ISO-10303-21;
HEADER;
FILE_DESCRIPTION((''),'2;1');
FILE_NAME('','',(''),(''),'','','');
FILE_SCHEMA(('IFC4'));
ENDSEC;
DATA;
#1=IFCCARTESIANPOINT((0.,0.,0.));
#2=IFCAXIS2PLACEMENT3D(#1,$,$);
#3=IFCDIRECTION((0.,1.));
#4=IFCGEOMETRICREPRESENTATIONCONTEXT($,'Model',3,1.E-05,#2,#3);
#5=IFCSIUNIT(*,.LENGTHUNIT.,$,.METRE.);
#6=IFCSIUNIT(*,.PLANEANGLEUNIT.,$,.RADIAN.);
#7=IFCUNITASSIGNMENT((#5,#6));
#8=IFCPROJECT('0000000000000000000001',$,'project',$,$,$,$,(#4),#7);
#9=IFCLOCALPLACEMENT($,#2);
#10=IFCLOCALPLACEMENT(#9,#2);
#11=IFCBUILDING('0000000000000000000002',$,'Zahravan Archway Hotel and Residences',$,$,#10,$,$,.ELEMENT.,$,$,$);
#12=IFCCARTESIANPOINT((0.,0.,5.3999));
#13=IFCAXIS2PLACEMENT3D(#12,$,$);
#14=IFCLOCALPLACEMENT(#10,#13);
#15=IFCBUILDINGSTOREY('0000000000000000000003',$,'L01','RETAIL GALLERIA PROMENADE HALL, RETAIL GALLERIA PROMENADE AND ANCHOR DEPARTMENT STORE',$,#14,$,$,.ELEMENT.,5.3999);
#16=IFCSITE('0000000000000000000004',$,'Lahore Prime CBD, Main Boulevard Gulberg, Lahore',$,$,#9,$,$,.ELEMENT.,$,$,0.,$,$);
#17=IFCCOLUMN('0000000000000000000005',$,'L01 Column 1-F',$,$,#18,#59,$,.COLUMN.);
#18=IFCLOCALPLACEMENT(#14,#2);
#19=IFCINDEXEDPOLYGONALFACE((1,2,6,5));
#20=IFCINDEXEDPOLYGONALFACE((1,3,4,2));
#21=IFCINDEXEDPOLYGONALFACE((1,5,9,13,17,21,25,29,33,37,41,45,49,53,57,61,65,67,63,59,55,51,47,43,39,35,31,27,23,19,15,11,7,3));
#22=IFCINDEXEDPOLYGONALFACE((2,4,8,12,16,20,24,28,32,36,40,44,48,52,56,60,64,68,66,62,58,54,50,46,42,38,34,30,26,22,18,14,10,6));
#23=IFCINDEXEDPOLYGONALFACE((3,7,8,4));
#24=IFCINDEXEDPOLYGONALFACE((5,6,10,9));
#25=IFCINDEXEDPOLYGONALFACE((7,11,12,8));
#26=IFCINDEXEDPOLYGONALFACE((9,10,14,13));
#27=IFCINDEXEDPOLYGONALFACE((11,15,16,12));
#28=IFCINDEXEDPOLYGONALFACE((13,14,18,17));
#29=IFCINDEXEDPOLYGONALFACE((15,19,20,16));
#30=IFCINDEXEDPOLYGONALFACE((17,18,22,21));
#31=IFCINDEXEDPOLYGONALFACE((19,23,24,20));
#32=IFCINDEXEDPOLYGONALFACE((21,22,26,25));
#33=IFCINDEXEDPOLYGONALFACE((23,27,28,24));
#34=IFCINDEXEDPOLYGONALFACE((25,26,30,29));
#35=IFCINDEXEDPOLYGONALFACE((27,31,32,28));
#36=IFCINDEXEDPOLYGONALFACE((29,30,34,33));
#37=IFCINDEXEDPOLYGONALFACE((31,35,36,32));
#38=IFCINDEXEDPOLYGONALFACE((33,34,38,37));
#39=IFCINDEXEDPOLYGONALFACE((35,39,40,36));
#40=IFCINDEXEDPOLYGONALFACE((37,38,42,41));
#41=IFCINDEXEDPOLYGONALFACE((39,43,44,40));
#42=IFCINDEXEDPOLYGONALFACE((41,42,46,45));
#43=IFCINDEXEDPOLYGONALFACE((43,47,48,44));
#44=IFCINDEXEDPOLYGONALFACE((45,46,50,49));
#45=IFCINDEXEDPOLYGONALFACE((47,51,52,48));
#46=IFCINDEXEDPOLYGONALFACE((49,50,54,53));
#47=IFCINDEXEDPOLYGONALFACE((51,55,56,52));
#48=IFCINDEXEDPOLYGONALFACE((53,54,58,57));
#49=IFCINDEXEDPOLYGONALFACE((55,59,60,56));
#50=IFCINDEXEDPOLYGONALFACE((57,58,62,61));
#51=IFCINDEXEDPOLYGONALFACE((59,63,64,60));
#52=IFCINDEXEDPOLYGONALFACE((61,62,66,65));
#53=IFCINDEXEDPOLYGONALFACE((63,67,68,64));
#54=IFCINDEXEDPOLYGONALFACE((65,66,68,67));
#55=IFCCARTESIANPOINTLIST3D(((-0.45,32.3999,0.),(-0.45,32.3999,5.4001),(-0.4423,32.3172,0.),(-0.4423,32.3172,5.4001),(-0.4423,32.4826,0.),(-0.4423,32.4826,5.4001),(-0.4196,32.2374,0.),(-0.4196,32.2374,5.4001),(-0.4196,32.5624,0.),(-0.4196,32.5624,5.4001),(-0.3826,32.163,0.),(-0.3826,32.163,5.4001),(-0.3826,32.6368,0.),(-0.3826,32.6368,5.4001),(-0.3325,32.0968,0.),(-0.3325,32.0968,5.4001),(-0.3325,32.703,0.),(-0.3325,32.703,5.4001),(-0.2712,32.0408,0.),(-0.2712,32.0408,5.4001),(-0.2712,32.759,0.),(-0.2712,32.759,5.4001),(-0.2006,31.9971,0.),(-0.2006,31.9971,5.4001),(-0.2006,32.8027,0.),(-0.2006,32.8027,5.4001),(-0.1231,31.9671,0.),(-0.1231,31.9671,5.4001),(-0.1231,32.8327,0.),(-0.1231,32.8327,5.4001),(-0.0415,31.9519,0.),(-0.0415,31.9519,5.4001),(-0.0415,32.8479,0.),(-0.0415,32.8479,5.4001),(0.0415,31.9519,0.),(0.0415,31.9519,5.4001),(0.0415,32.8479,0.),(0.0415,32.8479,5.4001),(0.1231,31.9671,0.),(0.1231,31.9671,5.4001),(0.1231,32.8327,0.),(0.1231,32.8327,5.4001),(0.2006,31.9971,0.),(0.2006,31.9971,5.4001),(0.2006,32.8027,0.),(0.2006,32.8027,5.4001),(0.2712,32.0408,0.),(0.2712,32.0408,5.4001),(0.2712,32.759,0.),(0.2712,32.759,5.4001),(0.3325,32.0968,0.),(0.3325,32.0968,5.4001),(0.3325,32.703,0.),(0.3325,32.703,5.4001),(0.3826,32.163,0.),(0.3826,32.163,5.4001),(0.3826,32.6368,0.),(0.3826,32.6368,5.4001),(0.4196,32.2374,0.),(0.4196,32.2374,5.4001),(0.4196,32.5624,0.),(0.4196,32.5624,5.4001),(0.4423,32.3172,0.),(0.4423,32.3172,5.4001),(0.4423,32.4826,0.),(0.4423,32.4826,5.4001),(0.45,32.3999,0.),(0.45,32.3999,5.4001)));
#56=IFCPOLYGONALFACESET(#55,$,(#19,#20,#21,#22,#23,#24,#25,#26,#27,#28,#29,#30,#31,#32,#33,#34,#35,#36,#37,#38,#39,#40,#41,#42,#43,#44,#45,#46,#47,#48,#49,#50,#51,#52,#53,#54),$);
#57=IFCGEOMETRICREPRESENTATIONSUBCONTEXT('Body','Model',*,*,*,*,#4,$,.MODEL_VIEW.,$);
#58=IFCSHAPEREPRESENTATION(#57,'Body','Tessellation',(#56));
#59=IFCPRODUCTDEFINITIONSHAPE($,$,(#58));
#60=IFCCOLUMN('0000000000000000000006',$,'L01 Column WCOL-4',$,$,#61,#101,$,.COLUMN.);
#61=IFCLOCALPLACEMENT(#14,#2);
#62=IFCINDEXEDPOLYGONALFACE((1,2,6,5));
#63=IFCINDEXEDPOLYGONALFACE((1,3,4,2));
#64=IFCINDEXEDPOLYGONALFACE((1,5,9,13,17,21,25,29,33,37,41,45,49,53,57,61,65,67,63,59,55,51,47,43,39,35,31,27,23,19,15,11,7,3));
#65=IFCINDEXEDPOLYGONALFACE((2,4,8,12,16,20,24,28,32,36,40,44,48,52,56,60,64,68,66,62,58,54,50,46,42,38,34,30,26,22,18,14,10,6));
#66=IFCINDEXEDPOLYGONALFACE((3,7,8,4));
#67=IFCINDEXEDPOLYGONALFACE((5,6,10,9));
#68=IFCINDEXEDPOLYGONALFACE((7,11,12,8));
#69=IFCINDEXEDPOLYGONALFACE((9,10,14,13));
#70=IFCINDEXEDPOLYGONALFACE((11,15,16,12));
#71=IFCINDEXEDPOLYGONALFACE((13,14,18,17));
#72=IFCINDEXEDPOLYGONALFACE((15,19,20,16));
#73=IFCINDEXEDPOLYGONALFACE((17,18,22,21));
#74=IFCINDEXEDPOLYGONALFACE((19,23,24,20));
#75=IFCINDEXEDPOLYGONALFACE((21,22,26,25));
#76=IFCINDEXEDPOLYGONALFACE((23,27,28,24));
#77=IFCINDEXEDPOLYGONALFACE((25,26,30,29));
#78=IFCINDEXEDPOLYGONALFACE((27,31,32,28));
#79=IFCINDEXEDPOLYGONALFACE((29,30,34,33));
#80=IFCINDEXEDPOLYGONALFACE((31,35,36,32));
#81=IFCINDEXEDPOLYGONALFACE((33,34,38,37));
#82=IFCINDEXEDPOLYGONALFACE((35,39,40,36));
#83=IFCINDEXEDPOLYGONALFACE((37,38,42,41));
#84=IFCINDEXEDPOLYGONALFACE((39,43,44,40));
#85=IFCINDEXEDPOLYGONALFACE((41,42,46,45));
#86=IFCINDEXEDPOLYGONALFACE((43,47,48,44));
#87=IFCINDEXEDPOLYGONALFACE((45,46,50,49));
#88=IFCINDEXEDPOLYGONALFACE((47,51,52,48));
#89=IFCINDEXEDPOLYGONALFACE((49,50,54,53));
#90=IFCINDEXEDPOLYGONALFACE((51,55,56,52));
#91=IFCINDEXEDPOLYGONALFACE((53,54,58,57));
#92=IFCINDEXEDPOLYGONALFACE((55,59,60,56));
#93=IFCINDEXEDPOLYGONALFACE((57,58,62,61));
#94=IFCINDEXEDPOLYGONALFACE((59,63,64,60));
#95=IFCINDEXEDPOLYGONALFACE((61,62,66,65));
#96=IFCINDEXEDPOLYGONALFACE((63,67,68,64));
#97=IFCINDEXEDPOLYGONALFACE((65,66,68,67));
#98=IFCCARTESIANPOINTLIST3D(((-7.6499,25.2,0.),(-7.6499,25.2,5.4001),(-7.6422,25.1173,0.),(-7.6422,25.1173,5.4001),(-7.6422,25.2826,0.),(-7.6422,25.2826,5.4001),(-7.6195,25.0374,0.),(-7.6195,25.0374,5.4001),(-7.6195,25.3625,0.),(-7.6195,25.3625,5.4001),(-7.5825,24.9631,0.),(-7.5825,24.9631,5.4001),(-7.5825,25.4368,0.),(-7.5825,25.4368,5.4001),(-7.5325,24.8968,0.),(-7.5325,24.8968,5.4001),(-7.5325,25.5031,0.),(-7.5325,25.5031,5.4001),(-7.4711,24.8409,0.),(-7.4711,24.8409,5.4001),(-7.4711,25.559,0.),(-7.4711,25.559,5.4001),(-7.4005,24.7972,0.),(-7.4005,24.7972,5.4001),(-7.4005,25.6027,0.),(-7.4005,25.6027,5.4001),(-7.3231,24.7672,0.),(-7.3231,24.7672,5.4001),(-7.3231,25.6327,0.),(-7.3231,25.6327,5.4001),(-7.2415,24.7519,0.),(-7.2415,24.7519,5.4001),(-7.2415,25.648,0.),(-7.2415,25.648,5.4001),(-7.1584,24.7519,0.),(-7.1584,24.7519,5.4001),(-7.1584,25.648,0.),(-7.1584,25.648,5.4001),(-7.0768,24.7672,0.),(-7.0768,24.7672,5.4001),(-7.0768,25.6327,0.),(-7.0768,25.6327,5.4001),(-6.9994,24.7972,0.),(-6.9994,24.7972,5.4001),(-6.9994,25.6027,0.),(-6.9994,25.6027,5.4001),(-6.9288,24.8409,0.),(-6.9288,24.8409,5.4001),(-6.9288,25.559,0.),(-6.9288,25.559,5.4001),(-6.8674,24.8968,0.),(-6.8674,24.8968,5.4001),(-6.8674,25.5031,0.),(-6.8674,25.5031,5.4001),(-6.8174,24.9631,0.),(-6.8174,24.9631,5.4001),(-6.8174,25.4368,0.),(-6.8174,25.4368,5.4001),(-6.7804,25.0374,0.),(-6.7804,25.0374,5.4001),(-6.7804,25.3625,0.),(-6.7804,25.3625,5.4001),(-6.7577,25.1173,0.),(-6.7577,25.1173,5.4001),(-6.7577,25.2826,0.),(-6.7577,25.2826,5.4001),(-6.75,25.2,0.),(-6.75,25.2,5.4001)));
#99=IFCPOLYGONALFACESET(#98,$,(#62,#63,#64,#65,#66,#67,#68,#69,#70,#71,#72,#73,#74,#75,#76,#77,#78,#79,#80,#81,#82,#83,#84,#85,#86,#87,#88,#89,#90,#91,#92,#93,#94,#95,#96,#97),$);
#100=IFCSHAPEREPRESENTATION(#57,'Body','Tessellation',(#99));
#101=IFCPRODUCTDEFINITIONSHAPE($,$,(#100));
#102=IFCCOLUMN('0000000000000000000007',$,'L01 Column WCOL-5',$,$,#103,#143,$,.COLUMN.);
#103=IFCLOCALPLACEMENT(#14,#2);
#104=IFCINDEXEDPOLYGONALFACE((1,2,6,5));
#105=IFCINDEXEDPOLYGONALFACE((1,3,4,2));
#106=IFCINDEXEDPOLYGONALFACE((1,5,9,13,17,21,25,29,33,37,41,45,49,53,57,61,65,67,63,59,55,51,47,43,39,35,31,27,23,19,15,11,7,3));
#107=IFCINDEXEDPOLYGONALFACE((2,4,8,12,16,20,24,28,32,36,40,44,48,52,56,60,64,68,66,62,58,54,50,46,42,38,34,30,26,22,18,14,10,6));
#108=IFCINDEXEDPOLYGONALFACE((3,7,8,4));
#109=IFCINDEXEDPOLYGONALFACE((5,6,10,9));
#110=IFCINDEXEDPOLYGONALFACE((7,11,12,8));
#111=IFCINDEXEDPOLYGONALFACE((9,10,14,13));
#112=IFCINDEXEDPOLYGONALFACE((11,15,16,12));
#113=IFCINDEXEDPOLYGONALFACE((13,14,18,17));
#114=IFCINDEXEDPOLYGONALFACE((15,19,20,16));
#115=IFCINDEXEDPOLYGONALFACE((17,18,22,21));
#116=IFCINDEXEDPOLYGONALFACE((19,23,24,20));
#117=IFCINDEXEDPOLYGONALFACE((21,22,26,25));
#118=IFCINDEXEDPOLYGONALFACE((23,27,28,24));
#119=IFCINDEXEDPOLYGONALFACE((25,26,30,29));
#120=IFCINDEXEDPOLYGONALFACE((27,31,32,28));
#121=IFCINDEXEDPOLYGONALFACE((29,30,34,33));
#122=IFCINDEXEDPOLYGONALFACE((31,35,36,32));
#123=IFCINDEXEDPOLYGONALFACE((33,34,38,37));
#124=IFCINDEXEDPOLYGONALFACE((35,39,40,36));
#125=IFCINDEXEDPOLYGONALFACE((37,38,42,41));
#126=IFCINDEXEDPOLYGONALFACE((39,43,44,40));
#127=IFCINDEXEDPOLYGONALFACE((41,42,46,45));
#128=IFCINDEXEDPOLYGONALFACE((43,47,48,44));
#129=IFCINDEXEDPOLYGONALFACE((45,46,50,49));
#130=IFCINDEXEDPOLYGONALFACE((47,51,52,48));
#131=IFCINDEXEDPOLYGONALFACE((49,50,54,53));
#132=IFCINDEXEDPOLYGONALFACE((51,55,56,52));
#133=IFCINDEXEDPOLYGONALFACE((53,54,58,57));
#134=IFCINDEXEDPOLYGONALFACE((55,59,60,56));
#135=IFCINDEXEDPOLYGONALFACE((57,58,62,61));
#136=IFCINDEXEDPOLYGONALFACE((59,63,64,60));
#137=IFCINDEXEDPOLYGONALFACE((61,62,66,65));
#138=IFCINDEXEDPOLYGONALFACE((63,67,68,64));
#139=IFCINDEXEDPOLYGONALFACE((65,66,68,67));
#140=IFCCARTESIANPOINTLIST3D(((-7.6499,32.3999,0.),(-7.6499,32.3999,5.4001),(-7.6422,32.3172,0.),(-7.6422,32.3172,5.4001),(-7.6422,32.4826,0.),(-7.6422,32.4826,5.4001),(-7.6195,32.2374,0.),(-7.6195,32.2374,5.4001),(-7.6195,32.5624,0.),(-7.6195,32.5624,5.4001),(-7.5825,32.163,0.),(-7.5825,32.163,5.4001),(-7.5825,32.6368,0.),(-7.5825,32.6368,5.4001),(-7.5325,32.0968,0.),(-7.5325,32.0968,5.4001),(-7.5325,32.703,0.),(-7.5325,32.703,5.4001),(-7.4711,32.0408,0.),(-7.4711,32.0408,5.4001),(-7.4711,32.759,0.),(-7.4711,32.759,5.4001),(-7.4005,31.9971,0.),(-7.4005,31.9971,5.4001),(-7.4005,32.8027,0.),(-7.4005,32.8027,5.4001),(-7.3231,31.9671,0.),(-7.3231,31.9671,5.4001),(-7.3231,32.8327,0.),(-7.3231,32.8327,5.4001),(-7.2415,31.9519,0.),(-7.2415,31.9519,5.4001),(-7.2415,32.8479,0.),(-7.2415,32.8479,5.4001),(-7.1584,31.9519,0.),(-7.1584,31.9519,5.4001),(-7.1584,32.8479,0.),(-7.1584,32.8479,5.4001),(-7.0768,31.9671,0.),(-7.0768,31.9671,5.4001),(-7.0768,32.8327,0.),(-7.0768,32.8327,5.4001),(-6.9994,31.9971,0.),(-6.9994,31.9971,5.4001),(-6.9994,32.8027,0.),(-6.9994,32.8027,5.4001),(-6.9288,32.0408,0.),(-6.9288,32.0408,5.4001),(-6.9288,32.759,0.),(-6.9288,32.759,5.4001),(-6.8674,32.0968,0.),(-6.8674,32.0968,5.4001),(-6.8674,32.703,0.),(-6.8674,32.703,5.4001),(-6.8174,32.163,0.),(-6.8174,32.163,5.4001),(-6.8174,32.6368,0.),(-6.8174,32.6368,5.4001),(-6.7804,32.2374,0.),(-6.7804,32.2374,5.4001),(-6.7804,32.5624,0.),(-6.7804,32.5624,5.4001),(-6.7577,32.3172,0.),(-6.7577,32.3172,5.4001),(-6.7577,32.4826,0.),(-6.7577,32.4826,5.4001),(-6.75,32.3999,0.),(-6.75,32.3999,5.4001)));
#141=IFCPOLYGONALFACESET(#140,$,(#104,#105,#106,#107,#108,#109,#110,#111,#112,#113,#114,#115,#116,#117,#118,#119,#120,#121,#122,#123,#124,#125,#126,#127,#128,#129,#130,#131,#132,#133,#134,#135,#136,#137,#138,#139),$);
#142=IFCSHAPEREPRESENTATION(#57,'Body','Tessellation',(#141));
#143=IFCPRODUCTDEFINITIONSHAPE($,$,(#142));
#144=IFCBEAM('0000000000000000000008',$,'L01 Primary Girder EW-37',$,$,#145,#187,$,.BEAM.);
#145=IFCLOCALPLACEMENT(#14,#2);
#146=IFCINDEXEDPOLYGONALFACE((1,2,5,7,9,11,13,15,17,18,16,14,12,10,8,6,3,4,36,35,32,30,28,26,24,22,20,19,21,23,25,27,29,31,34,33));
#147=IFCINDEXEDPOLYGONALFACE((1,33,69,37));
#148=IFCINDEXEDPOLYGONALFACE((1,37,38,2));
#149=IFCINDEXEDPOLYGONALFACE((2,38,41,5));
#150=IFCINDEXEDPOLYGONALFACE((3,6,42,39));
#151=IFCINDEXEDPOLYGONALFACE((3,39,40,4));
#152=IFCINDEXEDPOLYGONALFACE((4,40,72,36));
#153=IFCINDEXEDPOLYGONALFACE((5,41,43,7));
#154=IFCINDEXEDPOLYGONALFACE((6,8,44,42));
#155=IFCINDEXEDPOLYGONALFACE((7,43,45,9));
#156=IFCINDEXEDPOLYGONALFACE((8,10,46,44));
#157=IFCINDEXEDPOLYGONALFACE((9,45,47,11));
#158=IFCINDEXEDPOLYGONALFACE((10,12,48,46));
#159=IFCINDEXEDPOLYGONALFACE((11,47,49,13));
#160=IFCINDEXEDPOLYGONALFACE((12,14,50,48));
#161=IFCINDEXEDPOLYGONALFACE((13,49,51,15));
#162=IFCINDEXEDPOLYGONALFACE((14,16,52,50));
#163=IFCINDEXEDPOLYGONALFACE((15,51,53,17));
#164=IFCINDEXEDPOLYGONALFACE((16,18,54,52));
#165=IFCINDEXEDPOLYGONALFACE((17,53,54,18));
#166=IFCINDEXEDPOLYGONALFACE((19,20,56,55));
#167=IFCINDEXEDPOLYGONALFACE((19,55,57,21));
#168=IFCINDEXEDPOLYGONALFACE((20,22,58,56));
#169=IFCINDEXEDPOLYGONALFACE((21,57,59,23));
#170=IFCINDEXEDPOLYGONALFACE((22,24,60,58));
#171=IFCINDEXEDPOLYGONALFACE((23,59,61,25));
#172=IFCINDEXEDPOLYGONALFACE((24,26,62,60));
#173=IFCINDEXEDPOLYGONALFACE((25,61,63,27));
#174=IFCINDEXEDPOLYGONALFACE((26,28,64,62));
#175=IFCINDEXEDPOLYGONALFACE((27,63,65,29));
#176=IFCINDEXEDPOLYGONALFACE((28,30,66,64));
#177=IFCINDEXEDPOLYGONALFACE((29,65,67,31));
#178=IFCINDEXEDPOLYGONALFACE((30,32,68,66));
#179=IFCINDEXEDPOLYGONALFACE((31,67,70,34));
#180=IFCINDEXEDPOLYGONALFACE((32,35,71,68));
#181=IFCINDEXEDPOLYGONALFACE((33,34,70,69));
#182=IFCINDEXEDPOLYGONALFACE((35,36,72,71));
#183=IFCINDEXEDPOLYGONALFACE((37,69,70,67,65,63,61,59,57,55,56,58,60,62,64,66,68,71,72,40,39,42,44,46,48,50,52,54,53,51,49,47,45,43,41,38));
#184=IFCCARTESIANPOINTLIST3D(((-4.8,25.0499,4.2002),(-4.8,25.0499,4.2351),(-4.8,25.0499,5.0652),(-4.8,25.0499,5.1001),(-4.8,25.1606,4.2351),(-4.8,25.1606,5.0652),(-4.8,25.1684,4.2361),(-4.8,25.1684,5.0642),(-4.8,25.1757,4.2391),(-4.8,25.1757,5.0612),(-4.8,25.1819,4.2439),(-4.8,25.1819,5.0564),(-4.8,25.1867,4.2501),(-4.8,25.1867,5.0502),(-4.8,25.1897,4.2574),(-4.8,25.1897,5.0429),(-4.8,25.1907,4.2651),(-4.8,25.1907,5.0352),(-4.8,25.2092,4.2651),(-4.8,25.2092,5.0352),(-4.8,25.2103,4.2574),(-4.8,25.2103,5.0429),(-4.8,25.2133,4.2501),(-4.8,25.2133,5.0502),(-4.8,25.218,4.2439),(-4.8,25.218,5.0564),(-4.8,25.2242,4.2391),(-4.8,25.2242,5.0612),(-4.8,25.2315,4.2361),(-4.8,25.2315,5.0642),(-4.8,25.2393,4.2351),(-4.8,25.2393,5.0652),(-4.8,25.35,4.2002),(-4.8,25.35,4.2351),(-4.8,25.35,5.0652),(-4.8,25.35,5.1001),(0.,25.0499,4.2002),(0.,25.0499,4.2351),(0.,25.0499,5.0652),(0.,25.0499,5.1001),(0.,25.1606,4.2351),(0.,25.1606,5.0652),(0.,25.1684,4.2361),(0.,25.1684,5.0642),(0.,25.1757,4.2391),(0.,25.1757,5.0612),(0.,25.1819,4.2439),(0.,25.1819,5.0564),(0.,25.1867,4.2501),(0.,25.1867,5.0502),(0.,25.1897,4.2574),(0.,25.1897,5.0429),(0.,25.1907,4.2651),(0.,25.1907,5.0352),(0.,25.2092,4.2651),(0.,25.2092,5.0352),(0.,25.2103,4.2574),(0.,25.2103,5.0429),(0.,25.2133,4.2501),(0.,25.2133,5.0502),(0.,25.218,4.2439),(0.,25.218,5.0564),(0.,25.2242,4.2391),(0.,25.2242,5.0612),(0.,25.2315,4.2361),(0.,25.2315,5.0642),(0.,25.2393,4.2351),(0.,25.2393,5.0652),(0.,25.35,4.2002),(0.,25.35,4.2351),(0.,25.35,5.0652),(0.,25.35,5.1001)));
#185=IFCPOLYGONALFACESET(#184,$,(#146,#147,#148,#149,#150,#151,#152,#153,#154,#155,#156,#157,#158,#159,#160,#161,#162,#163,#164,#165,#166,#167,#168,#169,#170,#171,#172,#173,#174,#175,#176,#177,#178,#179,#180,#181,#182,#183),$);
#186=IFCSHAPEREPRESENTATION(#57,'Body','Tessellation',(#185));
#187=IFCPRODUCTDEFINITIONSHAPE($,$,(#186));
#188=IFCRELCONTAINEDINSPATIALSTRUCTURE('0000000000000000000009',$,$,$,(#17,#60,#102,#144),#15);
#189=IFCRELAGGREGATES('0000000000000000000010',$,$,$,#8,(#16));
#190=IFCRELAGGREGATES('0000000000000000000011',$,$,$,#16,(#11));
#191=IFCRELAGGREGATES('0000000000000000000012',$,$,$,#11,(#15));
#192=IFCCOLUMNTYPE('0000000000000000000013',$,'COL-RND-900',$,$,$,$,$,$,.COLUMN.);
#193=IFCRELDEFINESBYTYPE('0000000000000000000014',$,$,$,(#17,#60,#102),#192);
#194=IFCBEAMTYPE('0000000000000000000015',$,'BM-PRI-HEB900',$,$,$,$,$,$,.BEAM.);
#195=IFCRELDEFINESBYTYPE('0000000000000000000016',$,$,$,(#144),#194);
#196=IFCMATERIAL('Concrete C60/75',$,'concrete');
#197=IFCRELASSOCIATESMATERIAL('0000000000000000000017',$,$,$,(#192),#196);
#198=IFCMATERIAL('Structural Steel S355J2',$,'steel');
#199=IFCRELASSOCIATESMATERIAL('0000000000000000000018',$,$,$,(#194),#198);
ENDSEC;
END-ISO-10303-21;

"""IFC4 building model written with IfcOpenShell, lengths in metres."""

from ifc_helpers import new_model, si_unit, direction, frame, origin, origin_2d, place, context, subcontext, project, spatial, circle, i_section, extrude, source, transform, mapped, material, material_profile, profile_set, type_object, type_shapes, element, save


model = new_model("IFC4")

# Units and contexts
model_context = context("Model", 3, precision=1e-05, world=origin(), true_north=direction((0.0, 1.0)))
body_context = subcontext(model_context, "Body", "Model", "MODEL_VIEW")
ifc_project = project(units=[si_unit("LENGTHUNIT", "METRE"), si_unit("PLANEANGLEUNIT", "RADIAN")], contexts=[model_context])

# Site, building, storey
site_placement = place(None, origin())
site = spatial("IfcSite", under=ifc_project, at=site_placement, Name="Lahore Prime CBD, Main Boulevard Gulberg, Lahore", CompositionType="ELEMENT", RefElevation=0.0)
building_placement = place(site_placement, origin())
building = spatial("IfcBuilding", under=site, at=building_placement, Name="Zahravan Archway Hotel and Residences", CompositionType="ELEMENT")
storey_placement = place(building_placement, frame((0.0, 0.0, 5.3999)))
storey = spatial("IfcBuildingStorey", under=building, at=storey_placement, Name="L01", Description="RETAIL GALLERIA PROMENADE HALL, RETAIL GALLERIA PROMENADE AND ANCHOR DEPARTMENT STORE", CompositionType="ELEMENT", Elevation=5.3999)

# Columns
ifc_material_1 = material(Name="Concrete C60/75", Category="concrete")
ifc_material_profile_1 = material_profile(ifc_material_1, circle(Radius=0.45, at=origin_2d()), Name="RC-CIRC-900", Category="concrete")
ifc_profile_set_1 = profile_set([ifc_material_profile_1], Name="Concrete C60/75")
column_type = type_object("IfcColumnType", Name="COL-RND-900", PredefinedType="COLUMN", material=ifc_profile_set_1)
shared_shape_1 = source(origin(), body_context, "Body", "SweptSolid", [
    extrude(circle(Radius=0.45, at=origin_2d()), origin(), (0.0, 0.0, 1.0), 5.4001),
])
for number, where, z_axis, x_axis, name in (
    (1, (0.0, 32.3999, 0.0), (0.0, 0.0, 1.0), (1.0, 0.0, 0.0), "L01 Column 1-F"),
    (2, (-7.2, 25.2, 0.0), (0.0, 0.0, 1.0), (1.0, 0.0, 0.0), "L01 Column WCOL-4"),
    (3, (-7.2, 32.3999, 0.0), (0.0, 0.0, 1.0), (1.0, 0.0, 0.0), "L01 Column WCOL-5"),
):
    element("IfcColumn", number, at=place(storey_placement, frame(where, z_axis=z_axis, x_axis=x_axis)), inside=storey, type_object=column_type, Name=name, PredefinedType="COLUMN", context=body_context, shape_type="MappedRepresentation", body=[
        mapped(shared_shape_1, transform((0.0, 0.0, 0.0), scale=1.0)),
    ])

# Beam
ifc_material_2 = material(Name="Structural Steel S355J2", Category="steel")
ifc_material_profile_2 = material_profile(ifc_material_2, i_section(OverallWidth=0.3, OverallDepth=0.8999, WebThickness=0.0186, FlangeThickness=0.0349, FilletRadius=0.03, at=origin_2d()), Name="HEB 900", Category="steel")
ifc_profile_set_2 = profile_set([ifc_material_profile_2], Name="Structural Steel S355J2")
beam_type_1 = type_object("IfcBeamType", Name="BM-PRI-HEB900", PredefinedType="BEAM", material=ifc_profile_set_2)
shared_shape_2 = source(origin(), body_context, "Body", "SweptSolid", [
    extrude(i_section(OverallWidth=0.3, OverallDepth=0.8999, WebThickness=0.0186, FlangeThickness=0.0349, FilletRadius=0.03, at=origin_2d()), origin(), (0.0, 0.0, 1.0), 4.8),
])
type_shapes(beam_type_1, [shared_shape_2])
for number, where, z_axis, x_axis, name in (
    (4, (-4.8, 25.2, 4.6501), (1.0, 0.0, 0.0), (0.0, 1.0, 0.0), "L01 Primary Girder EW-37"),
):
    element("IfcBeam", number, at=place(storey_placement, frame(where, z_axis=z_axis, x_axis=x_axis)), inside=storey, type_object=beam_type_1, Name=name, PredefinedType="BEAM", context=body_context, shape_type="MappedRepresentation", body=[
        mapped(shared_shape_2, transform((0.0, 0.0, 0.0), scale=1.0)),
    ])

save(model, "model.ifc")
